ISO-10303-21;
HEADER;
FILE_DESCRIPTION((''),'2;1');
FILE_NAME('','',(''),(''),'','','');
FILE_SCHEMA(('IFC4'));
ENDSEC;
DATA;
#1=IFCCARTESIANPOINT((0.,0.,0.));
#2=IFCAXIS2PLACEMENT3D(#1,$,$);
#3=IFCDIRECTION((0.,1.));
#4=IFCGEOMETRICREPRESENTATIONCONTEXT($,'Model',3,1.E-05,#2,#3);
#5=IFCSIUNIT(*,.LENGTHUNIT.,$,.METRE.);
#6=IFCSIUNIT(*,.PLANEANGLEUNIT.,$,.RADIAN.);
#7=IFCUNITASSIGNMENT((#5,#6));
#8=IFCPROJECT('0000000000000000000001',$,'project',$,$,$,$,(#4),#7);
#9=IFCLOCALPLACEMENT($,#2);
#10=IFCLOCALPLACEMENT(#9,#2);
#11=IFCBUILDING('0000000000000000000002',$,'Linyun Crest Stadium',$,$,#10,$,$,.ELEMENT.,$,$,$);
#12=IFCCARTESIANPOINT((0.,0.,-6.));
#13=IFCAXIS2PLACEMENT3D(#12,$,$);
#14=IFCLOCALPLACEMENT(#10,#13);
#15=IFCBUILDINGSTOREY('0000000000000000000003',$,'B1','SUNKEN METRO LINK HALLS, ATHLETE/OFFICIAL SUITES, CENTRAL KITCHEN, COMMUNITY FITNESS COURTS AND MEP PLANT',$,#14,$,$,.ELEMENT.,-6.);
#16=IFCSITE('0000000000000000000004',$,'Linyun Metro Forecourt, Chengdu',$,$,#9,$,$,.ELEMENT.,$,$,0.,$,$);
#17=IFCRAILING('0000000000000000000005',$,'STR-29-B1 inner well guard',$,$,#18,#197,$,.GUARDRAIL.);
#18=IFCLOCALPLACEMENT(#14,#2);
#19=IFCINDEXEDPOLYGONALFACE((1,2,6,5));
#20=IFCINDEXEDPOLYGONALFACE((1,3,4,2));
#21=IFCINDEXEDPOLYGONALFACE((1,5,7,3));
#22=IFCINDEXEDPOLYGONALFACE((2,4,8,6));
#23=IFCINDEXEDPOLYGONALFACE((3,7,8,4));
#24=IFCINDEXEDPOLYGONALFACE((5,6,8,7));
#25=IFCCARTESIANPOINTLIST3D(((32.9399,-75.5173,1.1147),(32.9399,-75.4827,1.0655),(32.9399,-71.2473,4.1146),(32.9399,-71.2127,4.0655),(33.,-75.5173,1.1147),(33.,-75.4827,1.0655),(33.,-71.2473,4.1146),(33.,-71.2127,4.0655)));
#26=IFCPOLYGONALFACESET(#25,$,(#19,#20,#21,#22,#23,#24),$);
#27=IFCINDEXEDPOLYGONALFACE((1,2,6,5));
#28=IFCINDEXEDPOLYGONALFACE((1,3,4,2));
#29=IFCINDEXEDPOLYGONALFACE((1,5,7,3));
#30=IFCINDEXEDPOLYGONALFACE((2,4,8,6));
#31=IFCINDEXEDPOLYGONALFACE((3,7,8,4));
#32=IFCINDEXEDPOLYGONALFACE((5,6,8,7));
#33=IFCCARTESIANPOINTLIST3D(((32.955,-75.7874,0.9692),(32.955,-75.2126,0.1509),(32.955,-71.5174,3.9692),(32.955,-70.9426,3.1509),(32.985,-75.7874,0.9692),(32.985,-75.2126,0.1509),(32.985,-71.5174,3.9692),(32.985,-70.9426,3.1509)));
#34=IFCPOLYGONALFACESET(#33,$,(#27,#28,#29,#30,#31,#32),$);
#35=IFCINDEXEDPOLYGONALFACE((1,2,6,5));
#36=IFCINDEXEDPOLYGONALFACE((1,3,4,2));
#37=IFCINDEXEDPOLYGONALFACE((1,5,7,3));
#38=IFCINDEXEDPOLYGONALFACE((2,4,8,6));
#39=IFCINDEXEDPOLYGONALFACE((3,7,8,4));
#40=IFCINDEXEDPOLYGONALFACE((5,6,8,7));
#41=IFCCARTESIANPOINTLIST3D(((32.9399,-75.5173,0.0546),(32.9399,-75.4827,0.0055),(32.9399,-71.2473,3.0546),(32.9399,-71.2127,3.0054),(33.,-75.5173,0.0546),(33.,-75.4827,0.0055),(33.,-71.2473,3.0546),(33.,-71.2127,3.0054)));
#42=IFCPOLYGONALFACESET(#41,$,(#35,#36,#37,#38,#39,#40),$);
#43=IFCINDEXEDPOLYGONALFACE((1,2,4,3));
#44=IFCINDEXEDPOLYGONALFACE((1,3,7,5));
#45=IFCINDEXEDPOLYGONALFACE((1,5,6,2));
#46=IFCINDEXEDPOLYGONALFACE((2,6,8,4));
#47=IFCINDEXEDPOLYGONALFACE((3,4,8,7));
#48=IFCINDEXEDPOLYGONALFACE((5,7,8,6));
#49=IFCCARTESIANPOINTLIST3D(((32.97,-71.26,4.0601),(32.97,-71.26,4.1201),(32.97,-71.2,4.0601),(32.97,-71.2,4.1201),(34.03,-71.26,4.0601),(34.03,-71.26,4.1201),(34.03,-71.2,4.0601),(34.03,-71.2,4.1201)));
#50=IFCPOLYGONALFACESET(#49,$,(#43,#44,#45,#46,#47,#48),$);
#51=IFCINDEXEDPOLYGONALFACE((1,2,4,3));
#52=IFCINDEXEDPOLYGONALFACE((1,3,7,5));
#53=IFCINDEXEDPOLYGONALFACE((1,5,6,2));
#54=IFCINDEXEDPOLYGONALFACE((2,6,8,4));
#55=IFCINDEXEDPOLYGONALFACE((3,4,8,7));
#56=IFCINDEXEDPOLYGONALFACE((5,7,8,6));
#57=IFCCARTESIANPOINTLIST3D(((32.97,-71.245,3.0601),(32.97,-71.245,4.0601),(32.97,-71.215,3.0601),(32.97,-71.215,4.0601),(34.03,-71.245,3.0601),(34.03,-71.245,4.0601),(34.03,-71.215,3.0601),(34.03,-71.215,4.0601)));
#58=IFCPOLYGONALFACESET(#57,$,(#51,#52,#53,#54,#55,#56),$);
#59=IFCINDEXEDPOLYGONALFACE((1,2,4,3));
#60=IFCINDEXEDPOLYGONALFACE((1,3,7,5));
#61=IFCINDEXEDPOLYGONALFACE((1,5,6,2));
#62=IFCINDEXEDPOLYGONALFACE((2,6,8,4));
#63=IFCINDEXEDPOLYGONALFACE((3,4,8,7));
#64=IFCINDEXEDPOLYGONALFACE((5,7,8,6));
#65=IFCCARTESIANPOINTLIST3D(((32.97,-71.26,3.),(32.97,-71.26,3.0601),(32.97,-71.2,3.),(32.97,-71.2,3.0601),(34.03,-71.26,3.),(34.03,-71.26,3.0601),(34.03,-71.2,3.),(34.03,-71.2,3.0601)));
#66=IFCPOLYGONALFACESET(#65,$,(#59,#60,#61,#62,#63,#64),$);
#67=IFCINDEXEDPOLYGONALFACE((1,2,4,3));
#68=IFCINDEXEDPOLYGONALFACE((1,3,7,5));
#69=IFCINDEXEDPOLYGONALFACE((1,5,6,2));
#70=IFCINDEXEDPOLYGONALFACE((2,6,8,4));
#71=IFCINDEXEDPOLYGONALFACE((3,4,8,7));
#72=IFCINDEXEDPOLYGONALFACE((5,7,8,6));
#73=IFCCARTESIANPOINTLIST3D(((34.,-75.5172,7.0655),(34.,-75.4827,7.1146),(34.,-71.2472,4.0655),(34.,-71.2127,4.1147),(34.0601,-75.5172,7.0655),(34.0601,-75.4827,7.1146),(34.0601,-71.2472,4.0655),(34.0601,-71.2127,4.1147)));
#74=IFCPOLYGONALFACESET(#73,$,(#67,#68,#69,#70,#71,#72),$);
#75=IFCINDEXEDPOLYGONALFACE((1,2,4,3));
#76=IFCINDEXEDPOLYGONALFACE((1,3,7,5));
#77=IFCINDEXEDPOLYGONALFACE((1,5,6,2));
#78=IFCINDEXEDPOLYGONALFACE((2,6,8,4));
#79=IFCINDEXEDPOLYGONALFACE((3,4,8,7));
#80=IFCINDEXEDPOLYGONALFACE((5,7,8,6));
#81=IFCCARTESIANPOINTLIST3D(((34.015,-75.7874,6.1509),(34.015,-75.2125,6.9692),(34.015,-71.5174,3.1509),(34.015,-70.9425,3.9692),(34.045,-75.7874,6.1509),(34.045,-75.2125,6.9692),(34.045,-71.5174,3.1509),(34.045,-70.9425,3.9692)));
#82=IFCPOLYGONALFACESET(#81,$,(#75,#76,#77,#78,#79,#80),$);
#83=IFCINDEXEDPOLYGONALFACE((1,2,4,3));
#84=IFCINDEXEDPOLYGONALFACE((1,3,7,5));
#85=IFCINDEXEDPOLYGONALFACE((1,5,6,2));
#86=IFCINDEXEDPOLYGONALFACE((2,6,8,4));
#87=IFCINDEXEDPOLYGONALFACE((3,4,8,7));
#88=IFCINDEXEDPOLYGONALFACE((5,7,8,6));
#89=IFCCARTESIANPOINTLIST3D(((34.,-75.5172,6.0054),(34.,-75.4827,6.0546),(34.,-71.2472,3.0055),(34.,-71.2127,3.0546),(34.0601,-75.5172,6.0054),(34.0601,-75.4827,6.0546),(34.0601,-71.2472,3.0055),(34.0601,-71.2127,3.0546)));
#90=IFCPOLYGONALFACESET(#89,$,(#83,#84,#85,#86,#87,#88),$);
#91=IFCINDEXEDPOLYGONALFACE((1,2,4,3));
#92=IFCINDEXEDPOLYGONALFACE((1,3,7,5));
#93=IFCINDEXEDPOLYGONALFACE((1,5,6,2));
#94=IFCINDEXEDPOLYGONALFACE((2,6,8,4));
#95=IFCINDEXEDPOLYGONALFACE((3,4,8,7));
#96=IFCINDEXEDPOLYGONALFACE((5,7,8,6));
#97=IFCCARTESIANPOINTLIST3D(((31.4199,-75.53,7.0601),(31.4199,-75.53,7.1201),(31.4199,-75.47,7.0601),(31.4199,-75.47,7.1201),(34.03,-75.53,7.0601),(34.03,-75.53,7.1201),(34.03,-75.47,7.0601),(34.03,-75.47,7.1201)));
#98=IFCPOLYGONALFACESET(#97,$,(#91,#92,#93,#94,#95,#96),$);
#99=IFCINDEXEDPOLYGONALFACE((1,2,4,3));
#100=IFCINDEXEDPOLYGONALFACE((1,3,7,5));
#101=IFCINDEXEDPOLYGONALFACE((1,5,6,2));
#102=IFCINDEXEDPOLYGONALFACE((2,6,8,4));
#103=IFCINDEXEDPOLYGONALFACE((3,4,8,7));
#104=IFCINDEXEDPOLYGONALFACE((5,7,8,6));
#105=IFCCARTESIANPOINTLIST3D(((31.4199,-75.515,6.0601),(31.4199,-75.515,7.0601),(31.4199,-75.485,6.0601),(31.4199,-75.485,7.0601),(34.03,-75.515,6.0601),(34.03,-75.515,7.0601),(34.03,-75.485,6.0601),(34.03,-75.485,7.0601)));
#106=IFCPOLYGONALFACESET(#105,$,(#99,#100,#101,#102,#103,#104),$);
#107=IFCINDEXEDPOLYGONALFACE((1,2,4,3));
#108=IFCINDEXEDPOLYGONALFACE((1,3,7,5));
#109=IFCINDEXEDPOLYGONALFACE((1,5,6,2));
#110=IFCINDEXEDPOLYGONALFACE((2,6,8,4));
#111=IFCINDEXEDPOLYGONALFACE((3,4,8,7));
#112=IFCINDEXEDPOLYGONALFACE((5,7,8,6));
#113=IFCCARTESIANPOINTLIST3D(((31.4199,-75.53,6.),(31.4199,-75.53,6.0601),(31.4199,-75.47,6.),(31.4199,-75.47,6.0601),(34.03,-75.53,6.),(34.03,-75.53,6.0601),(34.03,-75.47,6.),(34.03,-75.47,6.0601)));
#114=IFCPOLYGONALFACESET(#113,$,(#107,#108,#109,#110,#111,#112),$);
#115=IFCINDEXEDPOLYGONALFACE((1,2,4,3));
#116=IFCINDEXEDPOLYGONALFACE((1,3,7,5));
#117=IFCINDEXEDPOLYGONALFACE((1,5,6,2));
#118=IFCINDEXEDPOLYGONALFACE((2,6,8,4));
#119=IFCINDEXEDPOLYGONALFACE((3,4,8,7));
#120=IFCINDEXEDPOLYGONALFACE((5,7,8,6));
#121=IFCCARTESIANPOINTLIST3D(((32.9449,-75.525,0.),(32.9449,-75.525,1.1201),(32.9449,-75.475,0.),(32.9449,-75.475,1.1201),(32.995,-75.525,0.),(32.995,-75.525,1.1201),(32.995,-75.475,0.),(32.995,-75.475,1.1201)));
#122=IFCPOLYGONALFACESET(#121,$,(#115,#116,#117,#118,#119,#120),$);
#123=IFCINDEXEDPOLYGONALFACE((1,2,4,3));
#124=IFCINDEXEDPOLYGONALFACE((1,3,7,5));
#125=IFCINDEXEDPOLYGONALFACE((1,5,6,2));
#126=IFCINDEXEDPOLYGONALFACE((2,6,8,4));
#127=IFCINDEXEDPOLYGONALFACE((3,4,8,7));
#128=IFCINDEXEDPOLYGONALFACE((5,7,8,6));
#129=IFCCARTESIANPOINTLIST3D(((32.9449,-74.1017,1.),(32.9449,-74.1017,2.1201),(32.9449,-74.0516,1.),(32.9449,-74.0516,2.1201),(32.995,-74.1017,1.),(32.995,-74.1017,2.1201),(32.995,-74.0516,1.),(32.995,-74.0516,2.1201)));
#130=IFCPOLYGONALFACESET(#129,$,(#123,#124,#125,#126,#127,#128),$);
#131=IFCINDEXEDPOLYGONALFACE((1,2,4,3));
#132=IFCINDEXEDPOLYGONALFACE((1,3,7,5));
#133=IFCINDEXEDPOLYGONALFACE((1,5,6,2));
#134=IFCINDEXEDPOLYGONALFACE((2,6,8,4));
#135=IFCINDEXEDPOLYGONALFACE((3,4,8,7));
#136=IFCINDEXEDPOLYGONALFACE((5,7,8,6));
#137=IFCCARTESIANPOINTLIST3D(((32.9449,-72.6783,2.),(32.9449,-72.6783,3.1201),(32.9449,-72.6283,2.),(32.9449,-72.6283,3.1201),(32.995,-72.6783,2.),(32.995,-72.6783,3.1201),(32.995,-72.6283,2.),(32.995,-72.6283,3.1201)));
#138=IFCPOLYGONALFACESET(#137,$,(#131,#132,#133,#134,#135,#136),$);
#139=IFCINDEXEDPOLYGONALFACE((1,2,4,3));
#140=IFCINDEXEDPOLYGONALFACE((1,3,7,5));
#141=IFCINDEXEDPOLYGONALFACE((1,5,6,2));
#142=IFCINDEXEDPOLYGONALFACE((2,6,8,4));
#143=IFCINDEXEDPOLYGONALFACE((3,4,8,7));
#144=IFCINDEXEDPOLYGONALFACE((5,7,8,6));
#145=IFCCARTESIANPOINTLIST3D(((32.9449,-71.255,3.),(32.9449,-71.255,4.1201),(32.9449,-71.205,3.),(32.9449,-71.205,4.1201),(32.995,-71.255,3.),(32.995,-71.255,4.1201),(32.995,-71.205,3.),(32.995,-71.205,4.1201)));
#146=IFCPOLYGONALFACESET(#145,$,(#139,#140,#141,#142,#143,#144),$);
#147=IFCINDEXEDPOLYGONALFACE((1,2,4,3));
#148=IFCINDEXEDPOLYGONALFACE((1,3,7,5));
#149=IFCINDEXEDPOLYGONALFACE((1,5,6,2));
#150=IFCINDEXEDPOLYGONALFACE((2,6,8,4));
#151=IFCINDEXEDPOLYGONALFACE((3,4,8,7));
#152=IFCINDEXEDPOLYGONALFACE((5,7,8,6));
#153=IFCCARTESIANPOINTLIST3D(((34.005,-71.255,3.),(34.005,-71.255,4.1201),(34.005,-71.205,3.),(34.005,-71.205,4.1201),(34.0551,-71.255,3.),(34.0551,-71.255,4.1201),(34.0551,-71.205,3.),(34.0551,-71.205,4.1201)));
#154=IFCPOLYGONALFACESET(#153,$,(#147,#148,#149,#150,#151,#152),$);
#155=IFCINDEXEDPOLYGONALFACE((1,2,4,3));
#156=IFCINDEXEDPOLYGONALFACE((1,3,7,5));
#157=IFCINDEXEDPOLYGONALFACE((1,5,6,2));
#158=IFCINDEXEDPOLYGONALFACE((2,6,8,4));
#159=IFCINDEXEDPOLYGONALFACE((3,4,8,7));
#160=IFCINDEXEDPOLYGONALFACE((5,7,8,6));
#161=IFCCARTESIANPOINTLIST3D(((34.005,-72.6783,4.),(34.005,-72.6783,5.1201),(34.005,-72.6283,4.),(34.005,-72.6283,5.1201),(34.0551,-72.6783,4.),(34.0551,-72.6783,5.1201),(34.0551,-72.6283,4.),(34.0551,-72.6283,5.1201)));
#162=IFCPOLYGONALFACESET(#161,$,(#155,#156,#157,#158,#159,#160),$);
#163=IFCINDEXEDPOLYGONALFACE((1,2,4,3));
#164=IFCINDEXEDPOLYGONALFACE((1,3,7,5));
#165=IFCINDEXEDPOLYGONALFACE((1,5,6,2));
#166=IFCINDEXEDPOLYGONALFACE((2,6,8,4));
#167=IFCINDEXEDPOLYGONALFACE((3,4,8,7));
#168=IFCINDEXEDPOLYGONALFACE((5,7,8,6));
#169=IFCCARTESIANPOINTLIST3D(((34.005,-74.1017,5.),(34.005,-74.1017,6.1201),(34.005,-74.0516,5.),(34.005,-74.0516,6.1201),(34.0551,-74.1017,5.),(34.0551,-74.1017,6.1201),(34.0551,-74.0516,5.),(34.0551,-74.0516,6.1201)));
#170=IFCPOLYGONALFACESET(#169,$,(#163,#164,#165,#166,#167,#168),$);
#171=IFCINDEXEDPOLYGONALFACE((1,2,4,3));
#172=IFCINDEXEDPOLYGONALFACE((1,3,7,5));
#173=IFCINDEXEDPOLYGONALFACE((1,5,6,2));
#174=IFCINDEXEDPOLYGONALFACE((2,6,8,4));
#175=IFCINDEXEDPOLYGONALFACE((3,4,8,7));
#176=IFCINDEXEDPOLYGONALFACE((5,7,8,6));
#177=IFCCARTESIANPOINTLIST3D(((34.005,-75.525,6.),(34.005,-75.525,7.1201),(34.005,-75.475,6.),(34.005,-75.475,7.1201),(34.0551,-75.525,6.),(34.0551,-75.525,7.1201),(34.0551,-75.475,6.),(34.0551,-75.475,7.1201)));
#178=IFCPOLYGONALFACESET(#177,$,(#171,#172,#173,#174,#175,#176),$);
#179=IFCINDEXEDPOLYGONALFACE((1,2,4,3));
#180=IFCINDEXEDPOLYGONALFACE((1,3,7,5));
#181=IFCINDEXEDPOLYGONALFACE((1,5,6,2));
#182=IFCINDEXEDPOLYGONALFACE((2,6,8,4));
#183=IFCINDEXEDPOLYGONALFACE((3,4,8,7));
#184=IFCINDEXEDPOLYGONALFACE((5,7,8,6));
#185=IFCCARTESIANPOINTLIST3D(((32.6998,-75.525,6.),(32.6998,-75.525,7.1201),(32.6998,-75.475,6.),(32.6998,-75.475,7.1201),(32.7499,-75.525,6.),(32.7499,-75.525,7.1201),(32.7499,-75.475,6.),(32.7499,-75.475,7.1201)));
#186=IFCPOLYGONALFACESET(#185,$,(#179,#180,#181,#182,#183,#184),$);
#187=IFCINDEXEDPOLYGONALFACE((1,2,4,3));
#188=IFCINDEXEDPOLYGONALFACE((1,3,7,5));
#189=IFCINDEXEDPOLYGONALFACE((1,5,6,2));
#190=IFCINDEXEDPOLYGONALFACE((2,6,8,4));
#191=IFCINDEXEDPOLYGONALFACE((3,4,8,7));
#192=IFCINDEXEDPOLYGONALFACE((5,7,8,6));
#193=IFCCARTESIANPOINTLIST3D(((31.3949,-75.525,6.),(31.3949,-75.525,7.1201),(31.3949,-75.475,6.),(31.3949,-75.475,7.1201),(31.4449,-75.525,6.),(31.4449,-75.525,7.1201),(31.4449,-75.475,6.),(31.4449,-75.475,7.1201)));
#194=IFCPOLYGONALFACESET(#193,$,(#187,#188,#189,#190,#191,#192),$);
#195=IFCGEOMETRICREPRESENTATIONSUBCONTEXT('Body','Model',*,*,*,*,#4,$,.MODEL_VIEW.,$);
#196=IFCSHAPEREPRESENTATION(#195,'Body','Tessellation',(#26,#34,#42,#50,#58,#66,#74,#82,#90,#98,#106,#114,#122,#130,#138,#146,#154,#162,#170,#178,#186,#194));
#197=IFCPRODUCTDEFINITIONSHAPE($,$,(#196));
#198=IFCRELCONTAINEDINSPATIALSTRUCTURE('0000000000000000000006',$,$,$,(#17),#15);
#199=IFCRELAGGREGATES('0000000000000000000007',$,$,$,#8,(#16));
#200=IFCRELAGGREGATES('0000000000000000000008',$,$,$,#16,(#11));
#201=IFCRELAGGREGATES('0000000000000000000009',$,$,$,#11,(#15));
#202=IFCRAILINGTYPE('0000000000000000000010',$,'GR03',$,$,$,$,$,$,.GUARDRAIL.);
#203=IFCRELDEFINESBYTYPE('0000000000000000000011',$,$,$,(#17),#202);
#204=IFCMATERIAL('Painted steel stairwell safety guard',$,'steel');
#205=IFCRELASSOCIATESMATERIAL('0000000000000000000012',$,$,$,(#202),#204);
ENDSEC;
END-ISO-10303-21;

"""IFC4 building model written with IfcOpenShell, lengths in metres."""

from ifc_helpers import new_model, si_unit, direction, frame, origin, origin_2d, place, context, subcontext, project, spatial, rectangle, extrude, material, type_object, element, save


model = new_model("IFC4")

# Units and contexts
model_context = context("Model", 3, precision=1e-05, world=origin(), true_north=direction((0.0, 1.0)))
body_context = subcontext(model_context, "Body", "Model", "MODEL_VIEW")
ifc_project = project(units=[si_unit("LENGTHUNIT", "METRE"), si_unit("PLANEANGLEUNIT", "RADIAN")], contexts=[model_context])

# Site, building, storey
site_placement = place(None, origin())
site = spatial("IfcSite", under=ifc_project, at=site_placement, Name="Linyun Metro Forecourt, Chengdu", CompositionType="ELEMENT", RefElevation=0.0)
building_placement = place(site_placement, origin())
building = spatial("IfcBuilding", under=site, at=building_placement, Name="Linyun Crest Stadium", CompositionType="ELEMENT")
storey_placement = place(building_placement, frame((0.0, 0.0, -6.0)))
storey = spatial("IfcBuildingStorey", under=building, at=storey_placement, Name="B1", Description="SUNKEN METRO LINK HALLS, ATHLETE/OFFICIAL SUITES, CENTRAL KITCHEN, COMMUNITY FITNESS COURTS AND MEP PLANT", CompositionType="ELEMENT", Elevation=-6.0)

# Railing
ifc_material_1 = material(Name="Painted steel stairwell safety guard", Category="steel")
railing_type_1 = type_object("IfcRailingType", Name="GR03", PredefinedType="GUARDRAIL", material=ifc_material_1)
railing_1_placement = place(storey_placement, frame((32.97, -75.5, 0.0)))
element("IfcRailing", 1, at=railing_1_placement, inside=storey, type_object=railing_type_1, Name="STR-29-B1 inner well guard", PredefinedType="GUARDRAIL", context=body_context, shape_type="SweptSolid", body=[
    extrude(rectangle(XDim=0.0601, YDim=0.0601, at=origin_2d()), frame((0.0, 0.0, 1.0901), z_axis=(0.0, 0.818242, 0.574874), x_axis=(-1.0, 0.0, 0.0)), (0.0, 0.0, 1.0), 5.2185),
    extrude(rectangle(XDim=0.03, YDim=1.0, at=origin_2d()), frame((0.0, 0.0, 0.5601), z_axis=(0.0, 0.818242, 0.574874), x_axis=(-1.0, 0.0, 0.0)), (0.0, 0.0, 1.0), 5.2185),
    extrude(rectangle(XDim=0.0601, YDim=0.0601, at=origin_2d()), frame((0.0, 0.0, 0.03), z_axis=(0.0, 0.818242, 0.574874), x_axis=(-1.0, 0.0, 0.0)), (0.0, 0.0, 1.0), 5.2185),
    extrude(rectangle(XDim=0.0601, YDim=0.0601, at=origin_2d()), frame((0.0, 4.27, 4.0901), z_axis=(1.0, 0.0, 0.0), x_axis=(0.0, 1.0, 0.0)), (0.0, 0.0, 1.0), 1.0601),
    extrude(rectangle(XDim=0.03, YDim=1.0, at=origin_2d()), frame((0.0, 4.27, 3.5601), z_axis=(1.0, 0.0, 0.0), x_axis=(0.0, 1.0, 0.0)), (0.0, 0.0, 1.0), 1.0601),
    extrude(rectangle(XDim=0.0601, YDim=0.0601, at=origin_2d()), frame((0.0, 4.27, 3.03), z_axis=(1.0, 0.0, 0.0), x_axis=(0.0, 1.0, 0.0)), (0.0, 0.0, 1.0), 1.0601),
    extrude(rectangle(XDim=0.0601, YDim=0.0601, at=origin_2d()), frame((1.0601, 4.27, 4.0901), z_axis=(0.0, -0.818242, 0.574874), x_axis=(1.0, 0.0, 0.0)), (0.0, 0.0, 1.0), 5.2185),
    extrude(rectangle(XDim=0.03, YDim=1.0, at=origin_2d()), frame((1.0601, 4.27, 3.5601), z_axis=(0.0, -0.818242, 0.574874), x_axis=(1.0, 0.0, 0.0)), (0.0, 0.0, 1.0), 5.2185),
    extrude(rectangle(XDim=0.0601, YDim=0.0601, at=origin_2d()), frame((1.0601, 4.27, 3.03), z_axis=(0.0, -0.818242, 0.574874), x_axis=(1.0, 0.0, 0.0)), (0.0, 0.0, 1.0), 5.2185),
    extrude(rectangle(XDim=0.0601, YDim=0.0601, at=origin_2d()), frame((1.0601, 0.0, 7.0901), z_axis=(-1.0, 0.0, 0.0), x_axis=(0.0, -1.0, 0.0)), (0.0, 0.0, 1.0), 2.6101),
    extrude(rectangle(XDim=0.03, YDim=1.0, at=origin_2d()), frame((1.0601, 0.0, 6.5601), z_axis=(-1.0, 0.0, 0.0), x_axis=(0.0, -1.0, 0.0)), (0.0, 0.0, 1.0), 2.6101),
    extrude(rectangle(XDim=0.0601, YDim=0.0601, at=origin_2d()), frame((1.0601, 0.0, 6.03), z_axis=(-1.0, 0.0, 0.0), x_axis=(0.0, -1.0, 0.0)), (0.0, 0.0, 1.0), 2.6101),
    extrude(rectangle(XDim=0.05, YDim=0.05, at=origin_2d()), origin(), (0.0, 0.0, 1.0), 1.1201),
    extrude(rectangle(XDim=0.05, YDim=0.05, at=origin_2d()), frame((0.0, 1.4233, 1.0)), (0.0, 0.0, 1.0), 1.1201),
    extrude(rectangle(XDim=0.05, YDim=0.05, at=origin_2d()), frame((0.0, 2.8467, 2.0)), (0.0, 0.0, 1.0), 1.1201),
    extrude(rectangle(XDim=0.05, YDim=0.05, at=origin_2d()), frame((0.0, 4.27, 3.0)), (0.0, 0.0, 1.0), 1.1201),
    extrude(rectangle(XDim=0.05, YDim=0.05, at=origin_2d()), frame((1.0601, 4.27, 3.0)), (0.0, 0.0, 1.0), 1.1201),
    extrude(rectangle(XDim=0.05, YDim=0.05, at=origin_2d()), frame((1.0601, 2.8467, 4.0)), (0.0, 0.0, 1.0), 1.1201),
    extrude(rectangle(XDim=0.05, YDim=0.05, at=origin_2d()), frame((1.0601, 1.4233, 5.0)), (0.0, 0.0, 1.0), 1.1201),
    extrude(rectangle(XDim=0.05, YDim=0.05, at=origin_2d()), frame((1.0601, 0.0, 6.0)), (0.0, 0.0, 1.0), 1.1201),
    extrude(rectangle(XDim=0.05, YDim=0.05, at=origin_2d()), frame((-0.2451, 0.0, 6.0)), (0.0, 0.0, 1.0), 1.1201),
    extrude(rectangle(XDim=0.05, YDim=0.05, at=origin_2d()), frame((-1.55, 0.0, 6.0)), (0.0, 0.0, 1.0), 1.1201),
])

save(model, "model.ifc")
